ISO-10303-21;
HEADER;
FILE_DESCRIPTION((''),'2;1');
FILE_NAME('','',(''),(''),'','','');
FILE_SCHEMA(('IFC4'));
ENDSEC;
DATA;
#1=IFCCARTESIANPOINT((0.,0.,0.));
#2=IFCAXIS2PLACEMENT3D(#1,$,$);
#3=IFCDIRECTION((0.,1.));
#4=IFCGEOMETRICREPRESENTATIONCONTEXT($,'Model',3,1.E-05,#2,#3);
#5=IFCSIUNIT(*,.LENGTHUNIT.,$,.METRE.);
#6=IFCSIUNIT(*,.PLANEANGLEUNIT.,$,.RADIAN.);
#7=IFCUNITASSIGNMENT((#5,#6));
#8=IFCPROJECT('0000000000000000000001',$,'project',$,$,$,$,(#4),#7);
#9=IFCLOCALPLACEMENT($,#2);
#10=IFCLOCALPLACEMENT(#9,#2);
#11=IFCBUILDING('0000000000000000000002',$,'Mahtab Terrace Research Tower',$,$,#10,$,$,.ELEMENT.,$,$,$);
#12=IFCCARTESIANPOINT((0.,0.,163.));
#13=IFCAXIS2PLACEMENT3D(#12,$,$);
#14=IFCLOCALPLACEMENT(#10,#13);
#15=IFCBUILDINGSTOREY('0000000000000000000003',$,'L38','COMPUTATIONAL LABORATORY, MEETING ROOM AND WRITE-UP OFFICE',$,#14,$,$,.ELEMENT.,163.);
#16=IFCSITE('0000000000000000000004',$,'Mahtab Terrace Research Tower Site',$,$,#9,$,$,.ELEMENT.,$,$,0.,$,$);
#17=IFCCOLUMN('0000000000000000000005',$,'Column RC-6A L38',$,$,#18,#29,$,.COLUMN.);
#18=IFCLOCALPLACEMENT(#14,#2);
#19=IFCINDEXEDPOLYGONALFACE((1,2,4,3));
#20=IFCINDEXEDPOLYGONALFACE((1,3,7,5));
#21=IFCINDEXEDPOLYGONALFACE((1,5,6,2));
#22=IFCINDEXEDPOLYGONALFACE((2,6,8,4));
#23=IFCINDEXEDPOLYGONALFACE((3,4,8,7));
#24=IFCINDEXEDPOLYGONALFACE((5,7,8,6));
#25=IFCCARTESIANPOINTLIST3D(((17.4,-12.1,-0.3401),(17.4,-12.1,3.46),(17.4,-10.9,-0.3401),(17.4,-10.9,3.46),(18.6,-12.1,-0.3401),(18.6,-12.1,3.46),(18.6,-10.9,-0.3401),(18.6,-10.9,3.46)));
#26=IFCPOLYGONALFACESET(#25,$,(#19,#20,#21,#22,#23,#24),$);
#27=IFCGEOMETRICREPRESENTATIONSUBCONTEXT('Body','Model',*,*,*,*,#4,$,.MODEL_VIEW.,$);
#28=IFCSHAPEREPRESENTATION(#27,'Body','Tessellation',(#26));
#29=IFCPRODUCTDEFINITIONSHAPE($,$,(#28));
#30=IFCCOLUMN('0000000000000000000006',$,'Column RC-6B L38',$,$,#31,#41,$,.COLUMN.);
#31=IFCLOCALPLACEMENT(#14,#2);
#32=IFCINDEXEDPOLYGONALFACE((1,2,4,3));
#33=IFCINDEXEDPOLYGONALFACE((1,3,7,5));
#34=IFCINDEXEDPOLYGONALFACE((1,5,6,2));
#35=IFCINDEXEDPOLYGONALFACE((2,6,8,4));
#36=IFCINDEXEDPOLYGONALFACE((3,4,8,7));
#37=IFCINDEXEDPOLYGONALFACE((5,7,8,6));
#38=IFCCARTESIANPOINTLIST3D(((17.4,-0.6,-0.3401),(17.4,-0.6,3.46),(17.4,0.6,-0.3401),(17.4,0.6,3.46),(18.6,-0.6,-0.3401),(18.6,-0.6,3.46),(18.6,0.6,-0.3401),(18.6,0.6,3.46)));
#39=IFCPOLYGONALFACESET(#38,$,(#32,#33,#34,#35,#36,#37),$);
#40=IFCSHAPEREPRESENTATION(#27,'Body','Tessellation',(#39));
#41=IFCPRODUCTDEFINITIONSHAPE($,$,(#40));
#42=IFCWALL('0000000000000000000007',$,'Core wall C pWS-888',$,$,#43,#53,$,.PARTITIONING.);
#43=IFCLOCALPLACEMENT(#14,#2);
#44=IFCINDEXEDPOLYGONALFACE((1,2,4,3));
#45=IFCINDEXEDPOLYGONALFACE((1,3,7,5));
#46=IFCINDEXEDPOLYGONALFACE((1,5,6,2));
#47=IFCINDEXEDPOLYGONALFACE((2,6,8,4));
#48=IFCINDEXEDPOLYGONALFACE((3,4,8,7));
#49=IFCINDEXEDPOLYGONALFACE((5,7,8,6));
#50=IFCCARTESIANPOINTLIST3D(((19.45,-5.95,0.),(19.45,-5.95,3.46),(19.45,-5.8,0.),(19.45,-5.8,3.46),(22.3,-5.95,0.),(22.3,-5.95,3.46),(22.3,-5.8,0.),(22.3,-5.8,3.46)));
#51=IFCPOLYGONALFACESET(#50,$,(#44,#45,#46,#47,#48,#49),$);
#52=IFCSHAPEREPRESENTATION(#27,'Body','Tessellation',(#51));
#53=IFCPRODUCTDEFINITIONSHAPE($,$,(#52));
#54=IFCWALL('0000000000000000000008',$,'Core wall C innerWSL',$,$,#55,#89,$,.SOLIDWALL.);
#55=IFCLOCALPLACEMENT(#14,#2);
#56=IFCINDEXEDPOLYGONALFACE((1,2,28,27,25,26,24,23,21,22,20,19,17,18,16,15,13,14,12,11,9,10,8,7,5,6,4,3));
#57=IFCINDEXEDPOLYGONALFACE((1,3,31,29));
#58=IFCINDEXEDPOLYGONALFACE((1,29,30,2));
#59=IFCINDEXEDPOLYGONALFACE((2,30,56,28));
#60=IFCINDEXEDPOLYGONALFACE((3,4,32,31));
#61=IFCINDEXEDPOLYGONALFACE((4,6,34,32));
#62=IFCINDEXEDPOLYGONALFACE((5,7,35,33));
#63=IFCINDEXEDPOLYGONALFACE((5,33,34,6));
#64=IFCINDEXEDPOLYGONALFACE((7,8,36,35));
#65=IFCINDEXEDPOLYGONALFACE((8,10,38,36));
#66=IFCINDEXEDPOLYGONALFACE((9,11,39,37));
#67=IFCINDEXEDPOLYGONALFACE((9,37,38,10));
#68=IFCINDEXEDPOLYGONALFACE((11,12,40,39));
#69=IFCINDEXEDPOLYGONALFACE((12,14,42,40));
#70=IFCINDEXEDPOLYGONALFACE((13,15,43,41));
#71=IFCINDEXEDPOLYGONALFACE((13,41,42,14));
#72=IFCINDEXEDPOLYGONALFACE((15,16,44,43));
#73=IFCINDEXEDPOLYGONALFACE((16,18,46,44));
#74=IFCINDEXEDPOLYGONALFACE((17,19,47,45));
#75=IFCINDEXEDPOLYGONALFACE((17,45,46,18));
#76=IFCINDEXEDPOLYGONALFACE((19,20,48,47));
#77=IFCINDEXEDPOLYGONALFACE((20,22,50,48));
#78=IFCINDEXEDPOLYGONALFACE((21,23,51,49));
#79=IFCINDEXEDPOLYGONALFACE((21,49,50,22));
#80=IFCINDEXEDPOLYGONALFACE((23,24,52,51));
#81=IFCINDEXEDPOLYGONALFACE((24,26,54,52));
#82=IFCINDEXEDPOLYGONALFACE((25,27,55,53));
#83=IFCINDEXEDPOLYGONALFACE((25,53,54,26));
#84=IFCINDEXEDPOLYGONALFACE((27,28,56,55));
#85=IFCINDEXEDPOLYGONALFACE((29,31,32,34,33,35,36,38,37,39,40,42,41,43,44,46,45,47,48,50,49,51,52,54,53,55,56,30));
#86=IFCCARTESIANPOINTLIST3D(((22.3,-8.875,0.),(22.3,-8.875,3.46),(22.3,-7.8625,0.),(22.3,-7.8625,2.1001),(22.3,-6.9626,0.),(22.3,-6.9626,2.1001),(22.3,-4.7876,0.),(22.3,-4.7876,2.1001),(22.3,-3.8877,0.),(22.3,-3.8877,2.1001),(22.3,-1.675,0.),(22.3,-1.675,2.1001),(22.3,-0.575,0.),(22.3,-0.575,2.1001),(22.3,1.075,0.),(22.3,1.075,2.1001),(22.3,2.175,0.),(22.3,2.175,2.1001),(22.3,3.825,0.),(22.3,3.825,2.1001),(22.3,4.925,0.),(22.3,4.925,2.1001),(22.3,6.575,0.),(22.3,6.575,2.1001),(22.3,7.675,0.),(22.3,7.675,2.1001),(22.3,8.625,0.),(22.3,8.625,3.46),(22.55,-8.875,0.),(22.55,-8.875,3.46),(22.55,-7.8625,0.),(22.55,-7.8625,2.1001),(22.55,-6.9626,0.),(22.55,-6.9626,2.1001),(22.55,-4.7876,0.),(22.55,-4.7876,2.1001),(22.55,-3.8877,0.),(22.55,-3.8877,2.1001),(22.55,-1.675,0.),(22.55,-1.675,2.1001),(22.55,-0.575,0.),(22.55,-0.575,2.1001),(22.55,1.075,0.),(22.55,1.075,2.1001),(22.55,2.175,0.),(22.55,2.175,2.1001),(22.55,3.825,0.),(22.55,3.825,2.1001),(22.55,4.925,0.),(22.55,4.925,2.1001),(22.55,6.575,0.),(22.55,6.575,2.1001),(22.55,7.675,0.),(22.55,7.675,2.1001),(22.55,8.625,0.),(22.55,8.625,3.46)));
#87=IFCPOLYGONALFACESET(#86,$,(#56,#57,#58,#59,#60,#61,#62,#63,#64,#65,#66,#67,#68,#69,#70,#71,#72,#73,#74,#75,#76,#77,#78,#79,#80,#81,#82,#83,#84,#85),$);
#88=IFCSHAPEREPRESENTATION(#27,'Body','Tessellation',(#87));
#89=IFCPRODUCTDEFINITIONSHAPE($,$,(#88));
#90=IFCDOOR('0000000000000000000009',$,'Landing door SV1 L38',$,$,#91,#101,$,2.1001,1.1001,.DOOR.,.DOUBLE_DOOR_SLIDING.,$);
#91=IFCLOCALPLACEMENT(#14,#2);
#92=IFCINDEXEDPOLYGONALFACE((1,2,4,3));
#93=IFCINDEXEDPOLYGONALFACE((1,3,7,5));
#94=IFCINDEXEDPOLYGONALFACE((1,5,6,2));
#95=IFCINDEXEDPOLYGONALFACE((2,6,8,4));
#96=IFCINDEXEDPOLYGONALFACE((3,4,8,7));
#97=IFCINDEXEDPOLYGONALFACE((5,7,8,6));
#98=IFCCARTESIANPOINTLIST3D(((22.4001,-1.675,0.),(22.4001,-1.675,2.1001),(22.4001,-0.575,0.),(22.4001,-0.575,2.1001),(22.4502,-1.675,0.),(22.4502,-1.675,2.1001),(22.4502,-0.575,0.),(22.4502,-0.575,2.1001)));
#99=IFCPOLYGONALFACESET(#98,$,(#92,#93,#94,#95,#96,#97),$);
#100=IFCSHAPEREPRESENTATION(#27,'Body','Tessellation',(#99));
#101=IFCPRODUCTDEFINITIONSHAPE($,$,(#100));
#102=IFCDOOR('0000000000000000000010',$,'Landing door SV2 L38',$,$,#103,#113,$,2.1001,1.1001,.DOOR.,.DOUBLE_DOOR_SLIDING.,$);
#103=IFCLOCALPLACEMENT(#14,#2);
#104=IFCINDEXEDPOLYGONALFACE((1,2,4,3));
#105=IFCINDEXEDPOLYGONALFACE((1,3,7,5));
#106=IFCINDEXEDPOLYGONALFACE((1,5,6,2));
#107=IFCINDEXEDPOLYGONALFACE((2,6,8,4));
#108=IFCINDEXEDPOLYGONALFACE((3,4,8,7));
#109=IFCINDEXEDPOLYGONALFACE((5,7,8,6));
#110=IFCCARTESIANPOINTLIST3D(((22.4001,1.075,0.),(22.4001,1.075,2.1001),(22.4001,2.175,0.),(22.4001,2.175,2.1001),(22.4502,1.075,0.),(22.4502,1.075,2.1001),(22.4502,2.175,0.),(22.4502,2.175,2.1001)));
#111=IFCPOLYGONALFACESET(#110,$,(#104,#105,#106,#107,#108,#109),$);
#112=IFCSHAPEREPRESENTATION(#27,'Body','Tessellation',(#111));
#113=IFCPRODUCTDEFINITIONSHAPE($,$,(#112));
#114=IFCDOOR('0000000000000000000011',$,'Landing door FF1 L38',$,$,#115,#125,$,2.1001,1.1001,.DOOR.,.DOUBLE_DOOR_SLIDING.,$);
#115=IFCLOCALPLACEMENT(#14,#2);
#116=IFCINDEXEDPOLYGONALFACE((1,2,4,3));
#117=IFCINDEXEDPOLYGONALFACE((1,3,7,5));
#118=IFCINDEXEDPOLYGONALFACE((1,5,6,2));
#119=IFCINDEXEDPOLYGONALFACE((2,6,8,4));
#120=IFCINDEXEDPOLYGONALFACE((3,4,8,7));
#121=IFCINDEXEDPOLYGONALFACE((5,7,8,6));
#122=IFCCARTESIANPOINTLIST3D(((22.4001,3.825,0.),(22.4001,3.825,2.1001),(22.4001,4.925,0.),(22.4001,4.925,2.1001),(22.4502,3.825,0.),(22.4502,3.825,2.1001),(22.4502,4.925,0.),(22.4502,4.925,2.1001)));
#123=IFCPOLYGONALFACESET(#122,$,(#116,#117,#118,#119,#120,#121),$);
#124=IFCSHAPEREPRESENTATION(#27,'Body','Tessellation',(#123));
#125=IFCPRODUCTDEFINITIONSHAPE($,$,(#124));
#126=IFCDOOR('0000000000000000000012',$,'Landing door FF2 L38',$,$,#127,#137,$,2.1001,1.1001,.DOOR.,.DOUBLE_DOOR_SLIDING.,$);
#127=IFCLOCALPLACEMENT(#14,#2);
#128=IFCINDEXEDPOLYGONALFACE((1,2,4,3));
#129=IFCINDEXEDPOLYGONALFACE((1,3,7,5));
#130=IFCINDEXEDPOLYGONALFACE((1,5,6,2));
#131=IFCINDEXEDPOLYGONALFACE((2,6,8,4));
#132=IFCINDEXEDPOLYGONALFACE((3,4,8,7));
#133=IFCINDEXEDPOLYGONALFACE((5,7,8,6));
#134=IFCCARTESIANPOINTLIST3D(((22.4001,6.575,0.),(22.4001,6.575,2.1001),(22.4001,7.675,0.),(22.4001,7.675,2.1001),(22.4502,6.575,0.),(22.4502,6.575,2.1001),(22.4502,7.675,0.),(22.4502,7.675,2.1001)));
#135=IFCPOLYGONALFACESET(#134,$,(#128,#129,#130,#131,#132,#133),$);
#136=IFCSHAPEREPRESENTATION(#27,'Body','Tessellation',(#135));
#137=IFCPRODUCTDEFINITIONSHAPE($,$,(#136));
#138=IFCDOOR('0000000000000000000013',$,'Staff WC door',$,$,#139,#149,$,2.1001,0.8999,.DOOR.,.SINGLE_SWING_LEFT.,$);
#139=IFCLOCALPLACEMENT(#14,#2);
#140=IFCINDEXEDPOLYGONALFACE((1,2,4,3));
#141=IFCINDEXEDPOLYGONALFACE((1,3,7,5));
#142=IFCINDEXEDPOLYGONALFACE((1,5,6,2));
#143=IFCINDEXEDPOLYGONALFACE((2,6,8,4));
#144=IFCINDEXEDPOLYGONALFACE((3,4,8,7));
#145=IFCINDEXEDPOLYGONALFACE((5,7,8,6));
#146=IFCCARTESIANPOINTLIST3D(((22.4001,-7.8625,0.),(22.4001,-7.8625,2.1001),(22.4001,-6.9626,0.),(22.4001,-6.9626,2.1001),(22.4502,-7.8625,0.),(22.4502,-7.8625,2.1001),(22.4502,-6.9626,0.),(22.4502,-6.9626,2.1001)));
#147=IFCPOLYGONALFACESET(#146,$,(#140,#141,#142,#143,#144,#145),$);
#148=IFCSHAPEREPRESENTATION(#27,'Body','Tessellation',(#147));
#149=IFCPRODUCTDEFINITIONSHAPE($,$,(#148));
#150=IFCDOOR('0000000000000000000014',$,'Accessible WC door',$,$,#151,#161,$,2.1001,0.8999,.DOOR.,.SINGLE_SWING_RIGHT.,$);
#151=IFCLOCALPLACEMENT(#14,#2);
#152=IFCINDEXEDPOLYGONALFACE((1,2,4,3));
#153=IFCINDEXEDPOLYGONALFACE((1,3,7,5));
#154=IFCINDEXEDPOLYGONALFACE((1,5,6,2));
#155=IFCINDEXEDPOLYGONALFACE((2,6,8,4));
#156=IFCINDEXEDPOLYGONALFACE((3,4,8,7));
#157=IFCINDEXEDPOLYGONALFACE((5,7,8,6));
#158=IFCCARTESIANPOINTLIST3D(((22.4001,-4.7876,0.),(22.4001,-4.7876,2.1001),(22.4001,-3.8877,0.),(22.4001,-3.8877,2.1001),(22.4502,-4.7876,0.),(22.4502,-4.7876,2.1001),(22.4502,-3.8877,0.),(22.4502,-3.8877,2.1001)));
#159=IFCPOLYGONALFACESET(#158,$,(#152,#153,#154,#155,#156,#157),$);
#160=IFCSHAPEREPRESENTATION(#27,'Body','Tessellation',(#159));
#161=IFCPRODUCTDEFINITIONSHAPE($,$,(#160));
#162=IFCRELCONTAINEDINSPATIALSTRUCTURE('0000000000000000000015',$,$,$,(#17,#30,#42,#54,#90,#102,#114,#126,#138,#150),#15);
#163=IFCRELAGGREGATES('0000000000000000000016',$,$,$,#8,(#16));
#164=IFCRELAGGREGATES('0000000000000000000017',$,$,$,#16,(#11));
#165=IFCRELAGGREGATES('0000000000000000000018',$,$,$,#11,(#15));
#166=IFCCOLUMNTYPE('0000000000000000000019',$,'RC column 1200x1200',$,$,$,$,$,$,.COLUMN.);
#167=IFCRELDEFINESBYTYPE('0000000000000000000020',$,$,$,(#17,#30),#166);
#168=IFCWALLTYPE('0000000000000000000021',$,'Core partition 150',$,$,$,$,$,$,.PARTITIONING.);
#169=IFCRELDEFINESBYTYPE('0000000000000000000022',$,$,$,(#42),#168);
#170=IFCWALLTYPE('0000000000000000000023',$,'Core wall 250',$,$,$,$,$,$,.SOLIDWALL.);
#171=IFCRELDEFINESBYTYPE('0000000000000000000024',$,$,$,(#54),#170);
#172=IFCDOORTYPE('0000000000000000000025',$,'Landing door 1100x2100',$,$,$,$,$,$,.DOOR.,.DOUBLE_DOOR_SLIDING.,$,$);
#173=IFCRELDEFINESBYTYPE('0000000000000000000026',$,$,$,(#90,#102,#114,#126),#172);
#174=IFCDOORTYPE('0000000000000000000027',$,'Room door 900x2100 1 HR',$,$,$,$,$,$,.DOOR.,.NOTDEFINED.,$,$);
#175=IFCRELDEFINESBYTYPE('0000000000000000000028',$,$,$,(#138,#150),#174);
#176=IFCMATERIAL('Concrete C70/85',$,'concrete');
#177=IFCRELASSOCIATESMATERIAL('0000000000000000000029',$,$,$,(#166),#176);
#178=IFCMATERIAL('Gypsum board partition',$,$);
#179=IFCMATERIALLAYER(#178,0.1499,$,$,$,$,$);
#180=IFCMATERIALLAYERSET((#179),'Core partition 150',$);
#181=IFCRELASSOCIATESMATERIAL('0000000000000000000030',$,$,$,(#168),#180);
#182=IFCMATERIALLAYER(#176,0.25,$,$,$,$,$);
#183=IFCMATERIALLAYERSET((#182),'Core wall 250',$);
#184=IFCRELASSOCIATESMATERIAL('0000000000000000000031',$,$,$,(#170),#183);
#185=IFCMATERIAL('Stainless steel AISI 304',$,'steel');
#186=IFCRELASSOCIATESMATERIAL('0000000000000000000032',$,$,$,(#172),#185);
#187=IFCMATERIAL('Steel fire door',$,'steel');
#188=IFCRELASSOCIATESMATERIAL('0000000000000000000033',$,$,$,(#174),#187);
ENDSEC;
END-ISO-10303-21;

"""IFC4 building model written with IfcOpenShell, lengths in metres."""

from ifc_helpers import new_model, si_unit, direction, frame, frame_2d, origin, origin_2d, place, context, subcontext, project, spatial, rectangle, extrude, material, layer, layer_set, material_profile, profile_set, type_object, element, fill, save


model = new_model("IFC4")

# Units and contexts
model_context = context("Model", 3, precision=1e-05, world=origin(), true_north=direction((0.0, 1.0)))
body_context = subcontext(model_context, "Body", "Model", "MODEL_VIEW")
ifc_project = project(units=[si_unit("LENGTHUNIT", "METRE"), si_unit("PLANEANGLEUNIT", "RADIAN")], contexts=[model_context])

# Site, building, storey
site_placement = place(None, origin())
site = spatial("IfcSite", under=ifc_project, at=site_placement, Name="Mahtab Terrace Research Tower Site", CompositionType="ELEMENT", RefElevation=0.0)
building_placement = place(site_placement, origin())
building = spatial("IfcBuilding", under=site, at=building_placement, Name="Mahtab Terrace Research Tower", CompositionType="ELEMENT")
storey_placement = place(building_placement, frame((0.0, 0.0, 163.0)))
storey = spatial("IfcBuildingStorey", under=building, at=storey_placement, Name="L38", Description="COMPUTATIONAL LABORATORY, MEETING ROOM AND WRITE-UP OFFICE", CompositionType="ELEMENT", Elevation=163.0)

# Columns
ifc_material_1 = material(Name="Concrete C70/85", Category="concrete")
ifc_material_profile = material_profile(ifc_material_1, rectangle(XDim=1.2, YDim=1.2, at=origin_2d()), Name="RC column 1200x1200")
ifc_profile_set = profile_set([ifc_material_profile], Name="Concrete C70/85")
column_type = type_object("IfcColumnType", Name="RC column 1200x1200", PredefinedType="COLUMN", material=ifc_profile_set)
for number, where, z_axis, x_axis, name in (
    (1, (18.0, -11.5, -0.3401), (0.0, 0.0, 1.0), (1.0, 0.0, 0.0), "Column RC-6A L38"),
    (2, (18.0, 0.0, -0.3401), (0.0, 0.0, 1.0), (1.0, 0.0, 0.0), "Column RC-6B L38"),
):
    element("IfcColumn", number, at=place(storey_placement, frame(where, z_axis=z_axis, x_axis=x_axis)), inside=storey, type_object=column_type, Name=name, PredefinedType="COLUMN", context=body_context, shape_type="SweptSolid", body=[
        extrude(rectangle(XDim=1.2, YDim=1.2, at=origin_2d()), origin(), (0.0, 0.0, 1.0), 3.8),
    ])

# Wall
ifc_material_2 = material(Name="Gypsum board partition")
ifc_layer_1 = layer(ifc_material_2, 0.1499)
ifc_layer_set_1 = layer_set([ifc_layer_1], Name="Core partition 150")
wall_type_1 = type_object("IfcWallType", Name="Core partition 150", PredefinedType="PARTITIONING", material=ifc_layer_set_1)
wall_1_placement = place(storey_placement, frame((19.45, -5.875, 0.0), z_axis=(0.0, 0.0, 1.0), x_axis=(1.0, 0.0, 0.0)))
element("IfcWall", 3, at=wall_1_placement, inside=storey, type_object=wall_type_1, Name="Core wall C pWS-888", PredefinedType="PARTITIONING", context=body_context, shape_type="SweptSolid", body=[
    extrude(rectangle(XDim=2.8501, YDim=0.1499, at=frame_2d((1.425, 0.0))), origin(), (0.0, 0.0, 1.0), 3.46),
])

# Wall, openings, doors
ifc_layer_2 = layer(ifc_material_1, 0.25)
ifc_layer_set_2 = layer_set([ifc_layer_2], Name="Core wall 250")
wall_type_2 = type_object("IfcWallType", Name="Core wall 250", PredefinedType="SOLIDWALL", material=ifc_layer_set_2)
wall_2_placement = place(storey_placement, frame((22.425, -8.875, 0.0), z_axis=(0.0, 0.0, 1.0), x_axis=(0.0, 1.0, 0.0)))
wall_2 = element("IfcWall", 4, at=wall_2_placement, inside=storey, type_object=wall_type_2, Name="Core wall C innerWSL", PredefinedType="SOLIDWALL", context=body_context, shape_type="SweptSolid", body=[
    extrude(rectangle(XDim=17.5, YDim=0.25, at=frame_2d((8.75, 0.0))), origin(), (0.0, 0.0, 1.0), 3.46),
])
opening_1_placement = place(wall_2_placement, frame((7.2, 0.0, 0.0)))
opening_1 = element("IfcOpeningElement", 5, at=opening_1_placement, cuts=wall_2, PredefinedType="OPENING", context=body_context, shape_type="SweptSolid", body=[
    extrude(rectangle(XDim=1.1001, YDim=2.1001, at=frame_2d((0.55, 1.05))), frame((0.0, 0.135, 0.0), z_axis=(0.0, -1.0, 0.0), x_axis=(1.0, 0.0, 0.0)), (0.0, 0.0, 1.0), 0.27),
])
opening_2_placement = place(wall_2_placement, frame((9.95, 0.0, 0.0)))
opening_2 = element("IfcOpeningElement", 6, at=opening_2_placement, cuts=wall_2, PredefinedType="OPENING", context=body_context, shape_type="SweptSolid", body=[
    extrude(rectangle(XDim=1.1001, YDim=2.1001, at=frame_2d((0.55, 1.05))), frame((0.0, 0.135, 0.0), z_axis=(0.0, -1.0, 0.0), x_axis=(1.0, 0.0, 0.0)), (0.0, 0.0, 1.0), 0.27),
])
opening_3_placement = place(wall_2_placement, frame((12.7, 0.0, 0.0)))
opening_3 = element("IfcOpeningElement", 7, at=opening_3_placement, cuts=wall_2, PredefinedType="OPENING", context=body_context, shape_type="SweptSolid", body=[
    extrude(rectangle(XDim=1.1001, YDim=2.1001, at=frame_2d((0.55, 1.05))), frame((0.0, 0.135, 0.0), z_axis=(0.0, -1.0, 0.0), x_axis=(1.0, 0.0, 0.0)), (0.0, 0.0, 1.0), 0.27),
])
opening_4_placement = place(wall_2_placement, frame((15.45, 0.0, 0.0)))
opening_4 = element("IfcOpeningElement", 8, at=opening_4_placement, cuts=wall_2, PredefinedType="OPENING", context=body_context, shape_type="SweptSolid", body=[
    extrude(rectangle(XDim=1.1001, YDim=2.1001, at=frame_2d((0.55, 1.05))), frame((0.0, 0.135, 0.0), z_axis=(0.0, -1.0, 0.0), x_axis=(1.0, 0.0, 0.0)), (0.0, 0.0, 1.0), 0.27),
])
opening_5_placement = place(wall_2_placement, frame((1.0125, 0.0, 0.0)))
opening_5 = element("IfcOpeningElement", 9, at=opening_5_placement, cuts=wall_2, PredefinedType="OPENING", context=body_context, shape_type="SweptSolid", body=[
    extrude(rectangle(XDim=0.8999, YDim=2.1001, at=frame_2d((0.45, 1.05))), frame((0.0, 0.135, 0.0), z_axis=(0.0, -1.0, 0.0), x_axis=(1.0, 0.0, 0.0)), (0.0, 0.0, 1.0), 0.27),
])
opening_6_placement = place(wall_2_placement, frame((4.0874, 0.0, 0.0)))
opening_6 = element("IfcOpeningElement", 10, at=opening_6_placement, cuts=wall_2, PredefinedType="OPENING", context=body_context, shape_type="SweptSolid", body=[
    extrude(rectangle(XDim=0.8999, YDim=2.1001, at=frame_2d((0.45, 1.05))), frame((0.0, 0.135, 0.0), z_axis=(0.0, -1.0, 0.0), x_axis=(1.0, 0.0, 0.0)), (0.0, 0.0, 1.0), 0.27),
])
ifc_material_3 = material(Name="Stainless steel AISI 304", Category="steel")
door_type_1 = type_object("IfcDoorType", Name="Landing door 1100x2100", OperationType="DOUBLE_DOOR_SLIDING", PredefinedType="DOOR", material=ifc_material_3)
door_1_placement = place(opening_1_placement, origin())
door_1 = element("IfcDoor", 11, at=door_1_placement, inside=storey, type_object=door_type_1, Name="Landing door SV1 L38", OperationType="DOUBLE_DOOR_SLIDING", OverallHeight=2.1001, OverallWidth=1.1001, PredefinedType="DOOR", context=body_context, shape_type="SweptSolid", body=[
    extrude(rectangle(XDim=1.1001, YDim=2.1001, at=frame_2d((0.55, 1.05))), frame((0.0, 0.0249, 0.0), z_axis=(0.0, -1.0, 0.0), x_axis=(1.0, 0.0, 0.0)), (0.0, 0.0, 1.0), 0.05),
])
fill(opening_1, door_1)
door_2_placement = place(opening_2_placement, origin())
door_2 = element("IfcDoor", 12, at=door_2_placement, inside=storey, type_object=door_type_1, Name="Landing door SV2 L38", OperationType="DOUBLE_DOOR_SLIDING", OverallHeight=2.1001, OverallWidth=1.1001, PredefinedType="DOOR", context=body_context, shape_type="SweptSolid", body=[
    extrude(rectangle(XDim=1.1001, YDim=2.1001, at=frame_2d((0.55, 1.05))), frame((0.0, 0.0249, 0.0), z_axis=(0.0, -1.0, 0.0), x_axis=(1.0, 0.0, 0.0)), (0.0, 0.0, 1.0), 0.05),
])
fill(opening_2, door_2)
door_3_placement = place(opening_3_placement, origin())
door_3 = element("IfcDoor", 13, at=door_3_placement, inside=storey, type_object=door_type_1, Name="Landing door FF1 L38", OperationType="DOUBLE_DOOR_SLIDING", OverallHeight=2.1001, OverallWidth=1.1001, PredefinedType="DOOR", context=body_context, shape_type="SweptSolid", body=[
    extrude(rectangle(XDim=1.1001, YDim=2.1001, at=frame_2d((0.55, 1.05))), frame((0.0, 0.0249, 0.0), z_axis=(0.0, -1.0, 0.0), x_axis=(1.0, 0.0, 0.0)), (0.0, 0.0, 1.0), 0.05),
])
fill(opening_3, door_3)
door_4_placement = place(opening_4_placement, origin())
door_4 = element("IfcDoor", 14, at=door_4_placement, inside=storey, type_object=door_type_1, Name="Landing door FF2 L38", OperationType="DOUBLE_DOOR_SLIDING", OverallHeight=2.1001, OverallWidth=1.1001, PredefinedType="DOOR", context=body_context, shape_type="SweptSolid", body=[
    extrude(rectangle(XDim=1.1001, YDim=2.1001, at=frame_2d((0.55, 1.05))), frame((0.0, 0.0249, 0.0), z_axis=(0.0, -1.0, 0.0), x_axis=(1.0, 0.0, 0.0)), (0.0, 0.0, 1.0), 0.05),
])
fill(opening_4, door_4)
ifc_material_4 = material(Name="Steel fire door", Category="steel")
door_type_2 = type_object("IfcDoorType", Name="Room door 900x2100 1 HR", OperationType="NOTDEFINED", PredefinedType="DOOR", material=ifc_material_4)
door_5_placement = place(opening_5_placement, origin())
door_5 = element("IfcDoor", 15, at=door_5_placement, inside=storey, type_object=door_type_2, Name="Staff WC door", OperationType="SINGLE_SWING_LEFT", OverallHeight=2.1001, OverallWidth=0.8999, PredefinedType="DOOR", context=body_context, shape_type="SweptSolid", body=[
    extrude(rectangle(XDim=0.8999, YDim=2.1001, at=frame_2d((0.45, 1.05))), frame((0.0, 0.0249, 0.0), z_axis=(0.0, -1.0, 0.0), x_axis=(1.0, 0.0, 0.0)), (0.0, 0.0, 1.0), 0.05),
])
fill(opening_5, door_5)
door_6_placement = place(opening_6_placement, origin())
door_6 = element("IfcDoor", 16, at=door_6_placement, inside=storey, type_object=door_type_2, Name="Accessible WC door", OperationType="SINGLE_SWING_RIGHT", OverallHeight=2.1001, OverallWidth=0.8999, PredefinedType="DOOR", context=body_context, shape_type="SweptSolid", body=[
    extrude(rectangle(XDim=0.8999, YDim=2.1001, at=frame_2d((0.45, 1.05))), frame((0.0, 0.0249, 0.0), z_axis=(0.0, -1.0, 0.0), x_axis=(1.0, 0.0, 0.0)), (0.0, 0.0, 1.0), 0.05),
])
fill(opening_6, door_6)

save(model, "model.ifc")
